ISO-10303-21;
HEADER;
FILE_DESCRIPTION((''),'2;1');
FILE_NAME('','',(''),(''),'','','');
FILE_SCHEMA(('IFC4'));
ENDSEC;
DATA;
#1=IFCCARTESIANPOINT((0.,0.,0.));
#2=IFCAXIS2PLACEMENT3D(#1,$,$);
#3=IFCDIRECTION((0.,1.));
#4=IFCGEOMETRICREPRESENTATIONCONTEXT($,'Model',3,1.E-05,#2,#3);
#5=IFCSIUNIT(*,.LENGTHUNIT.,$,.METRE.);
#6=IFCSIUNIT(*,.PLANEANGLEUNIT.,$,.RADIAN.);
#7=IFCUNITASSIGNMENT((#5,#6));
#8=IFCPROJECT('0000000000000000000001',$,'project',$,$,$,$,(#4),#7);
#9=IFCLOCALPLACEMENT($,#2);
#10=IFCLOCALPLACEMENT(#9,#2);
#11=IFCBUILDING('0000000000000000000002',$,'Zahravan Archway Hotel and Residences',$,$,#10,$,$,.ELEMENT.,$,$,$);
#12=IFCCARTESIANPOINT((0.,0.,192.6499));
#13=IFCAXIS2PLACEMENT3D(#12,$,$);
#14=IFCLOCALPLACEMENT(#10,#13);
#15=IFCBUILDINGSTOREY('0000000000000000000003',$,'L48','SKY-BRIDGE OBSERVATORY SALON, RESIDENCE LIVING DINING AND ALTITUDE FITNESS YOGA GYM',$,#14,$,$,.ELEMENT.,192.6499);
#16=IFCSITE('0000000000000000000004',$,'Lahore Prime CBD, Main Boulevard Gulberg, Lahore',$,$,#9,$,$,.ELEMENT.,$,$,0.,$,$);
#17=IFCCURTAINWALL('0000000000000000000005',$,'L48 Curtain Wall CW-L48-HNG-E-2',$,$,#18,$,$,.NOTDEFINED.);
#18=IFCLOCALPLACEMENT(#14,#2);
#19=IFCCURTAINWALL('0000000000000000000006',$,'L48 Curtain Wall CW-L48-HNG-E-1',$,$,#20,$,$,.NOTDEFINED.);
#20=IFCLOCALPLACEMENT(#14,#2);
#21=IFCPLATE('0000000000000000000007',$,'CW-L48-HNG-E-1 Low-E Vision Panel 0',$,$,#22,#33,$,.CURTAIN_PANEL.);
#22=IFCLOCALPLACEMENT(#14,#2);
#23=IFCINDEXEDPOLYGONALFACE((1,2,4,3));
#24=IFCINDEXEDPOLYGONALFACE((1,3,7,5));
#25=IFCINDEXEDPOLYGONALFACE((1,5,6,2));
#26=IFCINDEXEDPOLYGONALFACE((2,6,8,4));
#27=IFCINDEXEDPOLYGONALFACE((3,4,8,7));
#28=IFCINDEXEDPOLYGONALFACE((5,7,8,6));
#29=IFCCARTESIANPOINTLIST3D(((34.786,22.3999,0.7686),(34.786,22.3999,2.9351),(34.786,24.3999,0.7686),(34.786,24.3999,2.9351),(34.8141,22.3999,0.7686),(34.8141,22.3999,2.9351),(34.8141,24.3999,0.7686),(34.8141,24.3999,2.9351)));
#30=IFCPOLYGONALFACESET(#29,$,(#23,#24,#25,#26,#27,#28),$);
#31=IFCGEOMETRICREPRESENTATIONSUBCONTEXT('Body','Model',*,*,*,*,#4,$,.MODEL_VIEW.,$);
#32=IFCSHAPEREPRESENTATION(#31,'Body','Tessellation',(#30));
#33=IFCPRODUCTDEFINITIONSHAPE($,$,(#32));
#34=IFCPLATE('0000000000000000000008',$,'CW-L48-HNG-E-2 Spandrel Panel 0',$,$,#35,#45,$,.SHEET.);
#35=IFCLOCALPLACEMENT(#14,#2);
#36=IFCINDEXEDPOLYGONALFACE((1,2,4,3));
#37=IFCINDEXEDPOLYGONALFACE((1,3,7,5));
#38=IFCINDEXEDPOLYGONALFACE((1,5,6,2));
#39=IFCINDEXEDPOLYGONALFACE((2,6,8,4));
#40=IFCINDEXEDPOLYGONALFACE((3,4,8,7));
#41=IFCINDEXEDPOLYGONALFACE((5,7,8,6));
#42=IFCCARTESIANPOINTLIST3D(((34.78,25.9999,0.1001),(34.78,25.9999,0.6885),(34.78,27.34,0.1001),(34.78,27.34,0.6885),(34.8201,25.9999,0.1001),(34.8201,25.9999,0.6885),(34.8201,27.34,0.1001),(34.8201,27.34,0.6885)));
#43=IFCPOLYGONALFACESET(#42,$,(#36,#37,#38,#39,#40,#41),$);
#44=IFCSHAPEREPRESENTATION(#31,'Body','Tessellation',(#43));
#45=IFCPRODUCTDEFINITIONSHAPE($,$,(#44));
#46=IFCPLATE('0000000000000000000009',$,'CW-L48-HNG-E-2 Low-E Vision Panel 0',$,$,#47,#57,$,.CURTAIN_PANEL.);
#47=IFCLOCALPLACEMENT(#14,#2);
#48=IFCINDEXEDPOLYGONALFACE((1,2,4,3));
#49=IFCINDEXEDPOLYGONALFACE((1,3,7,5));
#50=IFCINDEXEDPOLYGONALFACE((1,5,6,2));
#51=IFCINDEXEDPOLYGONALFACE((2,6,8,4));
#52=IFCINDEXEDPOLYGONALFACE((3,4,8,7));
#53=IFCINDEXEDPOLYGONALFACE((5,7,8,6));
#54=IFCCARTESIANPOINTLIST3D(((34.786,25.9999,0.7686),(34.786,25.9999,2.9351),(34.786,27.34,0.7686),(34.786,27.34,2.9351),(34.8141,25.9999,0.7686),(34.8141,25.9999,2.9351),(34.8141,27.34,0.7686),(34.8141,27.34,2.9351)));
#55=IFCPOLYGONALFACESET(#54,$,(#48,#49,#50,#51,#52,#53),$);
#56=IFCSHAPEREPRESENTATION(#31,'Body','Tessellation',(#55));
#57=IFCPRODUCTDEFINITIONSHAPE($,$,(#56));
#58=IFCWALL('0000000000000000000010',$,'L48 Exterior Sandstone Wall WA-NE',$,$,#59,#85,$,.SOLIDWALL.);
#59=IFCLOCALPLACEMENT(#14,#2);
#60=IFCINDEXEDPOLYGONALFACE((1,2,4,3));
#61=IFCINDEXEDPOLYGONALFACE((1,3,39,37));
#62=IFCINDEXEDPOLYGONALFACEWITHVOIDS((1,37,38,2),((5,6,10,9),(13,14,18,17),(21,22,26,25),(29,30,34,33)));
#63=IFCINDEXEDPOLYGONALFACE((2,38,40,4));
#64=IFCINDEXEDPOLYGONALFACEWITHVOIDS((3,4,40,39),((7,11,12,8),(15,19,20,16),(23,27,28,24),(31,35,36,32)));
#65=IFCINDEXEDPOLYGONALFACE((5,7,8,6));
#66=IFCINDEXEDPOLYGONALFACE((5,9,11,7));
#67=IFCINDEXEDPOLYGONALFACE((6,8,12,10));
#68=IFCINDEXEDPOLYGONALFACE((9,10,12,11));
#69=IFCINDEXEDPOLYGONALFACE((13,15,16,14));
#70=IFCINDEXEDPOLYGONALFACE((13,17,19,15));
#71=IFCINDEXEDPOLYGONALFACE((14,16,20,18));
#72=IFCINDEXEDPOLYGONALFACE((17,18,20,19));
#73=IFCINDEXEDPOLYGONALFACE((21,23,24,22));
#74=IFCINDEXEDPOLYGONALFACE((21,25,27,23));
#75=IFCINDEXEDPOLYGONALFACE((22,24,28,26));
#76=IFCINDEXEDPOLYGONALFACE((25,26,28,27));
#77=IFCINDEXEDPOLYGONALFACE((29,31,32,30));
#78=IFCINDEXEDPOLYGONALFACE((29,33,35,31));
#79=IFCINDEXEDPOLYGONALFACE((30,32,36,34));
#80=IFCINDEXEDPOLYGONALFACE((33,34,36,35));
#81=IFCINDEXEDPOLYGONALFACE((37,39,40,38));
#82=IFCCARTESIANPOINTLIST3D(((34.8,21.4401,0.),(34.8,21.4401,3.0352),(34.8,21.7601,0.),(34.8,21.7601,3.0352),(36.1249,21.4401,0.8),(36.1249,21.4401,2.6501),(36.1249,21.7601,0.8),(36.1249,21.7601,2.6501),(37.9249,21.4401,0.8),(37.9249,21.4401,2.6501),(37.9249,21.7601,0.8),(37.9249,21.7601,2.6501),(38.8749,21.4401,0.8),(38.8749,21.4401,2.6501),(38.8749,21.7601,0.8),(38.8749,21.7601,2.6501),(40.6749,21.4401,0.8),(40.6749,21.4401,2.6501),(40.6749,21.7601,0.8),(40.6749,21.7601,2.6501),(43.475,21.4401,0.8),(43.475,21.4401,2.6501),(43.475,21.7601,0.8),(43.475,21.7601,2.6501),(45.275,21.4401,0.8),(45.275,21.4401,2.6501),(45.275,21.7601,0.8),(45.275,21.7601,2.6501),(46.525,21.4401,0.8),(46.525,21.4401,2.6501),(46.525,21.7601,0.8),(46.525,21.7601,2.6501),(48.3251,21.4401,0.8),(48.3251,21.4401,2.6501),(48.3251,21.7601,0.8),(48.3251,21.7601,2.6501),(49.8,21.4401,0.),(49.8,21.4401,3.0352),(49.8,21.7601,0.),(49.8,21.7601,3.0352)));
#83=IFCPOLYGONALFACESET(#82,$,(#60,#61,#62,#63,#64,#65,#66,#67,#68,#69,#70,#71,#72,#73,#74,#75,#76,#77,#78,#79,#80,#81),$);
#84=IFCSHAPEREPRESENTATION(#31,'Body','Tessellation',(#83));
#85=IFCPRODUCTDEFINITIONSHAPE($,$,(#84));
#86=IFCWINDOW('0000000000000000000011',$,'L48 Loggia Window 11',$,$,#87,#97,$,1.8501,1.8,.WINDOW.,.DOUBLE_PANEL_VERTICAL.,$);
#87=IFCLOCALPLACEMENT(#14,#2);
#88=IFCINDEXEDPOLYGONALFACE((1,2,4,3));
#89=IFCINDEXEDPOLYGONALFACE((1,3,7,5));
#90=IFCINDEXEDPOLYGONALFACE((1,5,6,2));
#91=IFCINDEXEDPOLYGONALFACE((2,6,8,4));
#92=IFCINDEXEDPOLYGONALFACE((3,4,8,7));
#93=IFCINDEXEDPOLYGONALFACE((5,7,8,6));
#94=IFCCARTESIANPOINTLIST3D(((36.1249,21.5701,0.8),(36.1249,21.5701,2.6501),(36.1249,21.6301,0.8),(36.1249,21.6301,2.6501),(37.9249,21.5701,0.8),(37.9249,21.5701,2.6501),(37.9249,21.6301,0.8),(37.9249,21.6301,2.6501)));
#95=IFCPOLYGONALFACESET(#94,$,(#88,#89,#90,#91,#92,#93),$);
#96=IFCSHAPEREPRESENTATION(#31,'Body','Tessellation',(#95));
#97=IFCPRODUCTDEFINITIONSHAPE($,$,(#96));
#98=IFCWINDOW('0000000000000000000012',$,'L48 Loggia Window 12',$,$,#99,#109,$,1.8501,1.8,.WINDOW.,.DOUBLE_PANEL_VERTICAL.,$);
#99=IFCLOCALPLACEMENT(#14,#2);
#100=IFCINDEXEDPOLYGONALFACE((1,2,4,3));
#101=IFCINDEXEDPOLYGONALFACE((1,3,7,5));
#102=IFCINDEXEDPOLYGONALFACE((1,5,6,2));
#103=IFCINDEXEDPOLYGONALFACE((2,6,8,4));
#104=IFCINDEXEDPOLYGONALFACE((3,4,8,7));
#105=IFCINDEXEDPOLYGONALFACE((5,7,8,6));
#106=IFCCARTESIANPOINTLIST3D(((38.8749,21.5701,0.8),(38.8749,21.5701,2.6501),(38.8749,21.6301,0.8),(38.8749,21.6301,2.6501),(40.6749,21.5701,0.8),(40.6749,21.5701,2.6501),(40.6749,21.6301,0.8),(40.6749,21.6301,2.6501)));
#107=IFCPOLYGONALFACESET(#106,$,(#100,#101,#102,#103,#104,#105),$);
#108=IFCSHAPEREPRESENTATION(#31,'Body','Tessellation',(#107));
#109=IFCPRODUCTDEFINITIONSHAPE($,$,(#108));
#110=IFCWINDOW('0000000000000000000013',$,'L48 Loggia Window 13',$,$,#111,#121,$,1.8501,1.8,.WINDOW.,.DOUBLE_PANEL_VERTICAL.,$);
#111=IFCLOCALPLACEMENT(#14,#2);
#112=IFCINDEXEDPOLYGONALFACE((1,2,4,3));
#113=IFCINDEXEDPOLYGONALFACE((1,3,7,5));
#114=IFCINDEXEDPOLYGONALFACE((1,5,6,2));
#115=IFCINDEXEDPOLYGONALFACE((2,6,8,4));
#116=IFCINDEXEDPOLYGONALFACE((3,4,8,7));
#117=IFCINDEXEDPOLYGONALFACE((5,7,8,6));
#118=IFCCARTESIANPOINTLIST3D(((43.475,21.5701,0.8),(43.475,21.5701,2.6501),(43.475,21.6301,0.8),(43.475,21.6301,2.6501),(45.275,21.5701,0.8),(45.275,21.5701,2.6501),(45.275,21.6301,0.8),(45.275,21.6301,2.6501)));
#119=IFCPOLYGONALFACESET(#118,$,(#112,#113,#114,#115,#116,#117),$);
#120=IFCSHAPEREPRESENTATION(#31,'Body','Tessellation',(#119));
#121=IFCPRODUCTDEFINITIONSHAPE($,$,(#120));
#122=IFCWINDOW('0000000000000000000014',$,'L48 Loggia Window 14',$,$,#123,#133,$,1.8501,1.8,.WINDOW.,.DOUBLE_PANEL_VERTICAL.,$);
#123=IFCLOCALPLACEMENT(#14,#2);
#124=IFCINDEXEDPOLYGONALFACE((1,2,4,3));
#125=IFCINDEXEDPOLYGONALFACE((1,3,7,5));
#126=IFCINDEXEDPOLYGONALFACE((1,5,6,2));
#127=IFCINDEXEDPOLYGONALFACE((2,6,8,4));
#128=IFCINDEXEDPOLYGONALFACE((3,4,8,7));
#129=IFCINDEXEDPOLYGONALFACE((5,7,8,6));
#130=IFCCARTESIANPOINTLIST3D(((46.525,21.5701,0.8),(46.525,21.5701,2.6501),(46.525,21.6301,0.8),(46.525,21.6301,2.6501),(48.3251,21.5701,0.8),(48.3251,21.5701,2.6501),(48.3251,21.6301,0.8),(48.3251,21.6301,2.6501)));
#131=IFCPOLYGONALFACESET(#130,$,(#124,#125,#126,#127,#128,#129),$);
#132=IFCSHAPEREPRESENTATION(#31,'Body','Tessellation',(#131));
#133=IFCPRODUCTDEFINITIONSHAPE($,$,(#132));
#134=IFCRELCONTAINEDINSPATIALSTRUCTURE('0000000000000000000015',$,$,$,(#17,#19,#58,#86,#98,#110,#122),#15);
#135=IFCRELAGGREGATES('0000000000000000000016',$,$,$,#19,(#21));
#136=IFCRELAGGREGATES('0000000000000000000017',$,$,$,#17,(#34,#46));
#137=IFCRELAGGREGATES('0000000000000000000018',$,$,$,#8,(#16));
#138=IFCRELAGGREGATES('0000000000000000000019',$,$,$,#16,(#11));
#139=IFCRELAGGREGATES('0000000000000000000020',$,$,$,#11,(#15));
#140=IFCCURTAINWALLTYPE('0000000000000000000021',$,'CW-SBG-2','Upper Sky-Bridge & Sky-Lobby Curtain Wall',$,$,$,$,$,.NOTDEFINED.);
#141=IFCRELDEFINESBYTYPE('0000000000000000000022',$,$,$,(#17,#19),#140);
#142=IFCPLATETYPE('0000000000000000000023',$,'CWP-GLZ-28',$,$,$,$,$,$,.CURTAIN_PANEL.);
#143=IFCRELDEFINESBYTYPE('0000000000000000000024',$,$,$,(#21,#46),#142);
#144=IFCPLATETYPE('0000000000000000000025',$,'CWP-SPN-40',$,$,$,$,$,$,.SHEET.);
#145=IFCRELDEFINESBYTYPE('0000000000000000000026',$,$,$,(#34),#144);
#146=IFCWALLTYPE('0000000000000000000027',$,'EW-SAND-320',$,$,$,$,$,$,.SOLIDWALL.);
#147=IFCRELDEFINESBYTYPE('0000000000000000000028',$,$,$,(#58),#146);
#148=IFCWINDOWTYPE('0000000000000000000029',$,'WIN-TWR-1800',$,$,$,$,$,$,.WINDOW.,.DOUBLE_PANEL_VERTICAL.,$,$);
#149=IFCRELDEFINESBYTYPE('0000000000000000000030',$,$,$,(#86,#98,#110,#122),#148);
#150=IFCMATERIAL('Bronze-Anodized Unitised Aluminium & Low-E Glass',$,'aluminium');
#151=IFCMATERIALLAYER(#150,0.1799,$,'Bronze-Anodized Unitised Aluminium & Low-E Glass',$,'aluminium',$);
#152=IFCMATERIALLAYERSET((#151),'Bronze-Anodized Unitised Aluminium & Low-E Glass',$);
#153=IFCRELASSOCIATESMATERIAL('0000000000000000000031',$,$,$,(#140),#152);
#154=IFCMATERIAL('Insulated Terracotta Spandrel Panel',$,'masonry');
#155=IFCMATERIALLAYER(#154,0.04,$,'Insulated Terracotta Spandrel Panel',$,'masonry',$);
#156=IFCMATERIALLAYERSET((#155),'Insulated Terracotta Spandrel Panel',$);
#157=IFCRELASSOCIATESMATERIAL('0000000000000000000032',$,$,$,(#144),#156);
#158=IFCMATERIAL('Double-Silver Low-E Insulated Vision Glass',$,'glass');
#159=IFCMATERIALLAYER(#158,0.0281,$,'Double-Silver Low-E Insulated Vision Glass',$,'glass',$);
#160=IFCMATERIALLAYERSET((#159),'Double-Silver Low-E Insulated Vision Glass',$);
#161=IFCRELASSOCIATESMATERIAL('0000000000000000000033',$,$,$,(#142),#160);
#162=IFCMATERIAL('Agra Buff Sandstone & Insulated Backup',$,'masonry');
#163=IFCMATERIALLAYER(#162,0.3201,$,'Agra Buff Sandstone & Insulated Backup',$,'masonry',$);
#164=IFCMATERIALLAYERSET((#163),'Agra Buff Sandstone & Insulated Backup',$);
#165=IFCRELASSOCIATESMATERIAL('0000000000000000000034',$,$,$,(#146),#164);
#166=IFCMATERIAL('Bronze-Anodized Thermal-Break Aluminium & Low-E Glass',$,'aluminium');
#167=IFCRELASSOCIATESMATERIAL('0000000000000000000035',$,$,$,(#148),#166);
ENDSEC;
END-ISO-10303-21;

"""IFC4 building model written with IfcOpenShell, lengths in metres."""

from ifc_helpers import new_model, si_unit, direction, frame, frame_2d, origin, origin_2d, place, context, subcontext, project, spatial, rectangle, extrude, source, transform, mapped, material, layer, layer_set, type_object, type_shapes, element, fill, aggregate, save


model = new_model("IFC4")

# Units and contexts
model_context = context("Model", 3, precision=1e-05, world=origin(), true_north=direction((0.0, 1.0)))
body_context = subcontext(model_context, "Body", "Model", "MODEL_VIEW")
ifc_project = project(units=[si_unit("LENGTHUNIT", "METRE"), si_unit("PLANEANGLEUNIT", "RADIAN")], contexts=[model_context])

# Site, building, storey
site_placement = place(None, origin())
site = spatial("IfcSite", under=ifc_project, at=site_placement, Name="Lahore Prime CBD, Main Boulevard Gulberg, Lahore", CompositionType="ELEMENT", RefElevation=0.0)
building_placement = place(site_placement, origin())
building = spatial("IfcBuilding", under=site, at=building_placement, Name="Zahravan Archway Hotel and Residences", CompositionType="ELEMENT")
storey_placement = place(building_placement, frame((0.0, 0.0, 192.6499)))
storey = spatial("IfcBuildingStorey", under=building, at=storey_placement, Name="L48", Description="SKY-BRIDGE OBSERVATORY SALON, RESIDENCE LIVING DINING AND ALTITUDE FITNESS YOGA GYM", CompositionType="ELEMENT", Elevation=192.6499)

# Curtain walls
ifc_material_1 = material(Name="Bronze-Anodized Unitised Aluminium & Low-E Glass", Category="aluminium")
ifc_layer_1 = layer(ifc_material_1, 0.1799, Name="Bronze-Anodized Unitised Aluminium & Low-E Glass", Category="aluminium")
ifc_layer_set_1 = layer_set([ifc_layer_1], Name="Bronze-Anodized Unitised Aluminium & Low-E Glass")
curtain_wall_type = type_object("IfcCurtainWallType", Name="CW-SBG-2", Description="Upper Sky-Bridge & Sky-Lobby Curtain Wall", PredefinedType="NOTDEFINED", material=ifc_layer_set_1)
curtain_wall_1_placement = place(storey_placement, origin())
curtain_wall_1 = element("IfcCurtainWall", 1, at=curtain_wall_1_placement, inside=storey, type_object=curtain_wall_type, Name="L48 Curtain Wall CW-L48-HNG-E-2", PredefinedType="NOTDEFINED")
curtain_wall_2_placement = place(storey_placement, origin())
curtain_wall_2 = element("IfcCurtainWall", 2, at=curtain_wall_2_placement, inside=storey, type_object=curtain_wall_type, Name="L48 Curtain Wall CW-L48-HNG-E-1", PredefinedType="NOTDEFINED")

# Plates
ifc_material_2 = material(Name="Insulated Terracotta Spandrel Panel", Category="masonry")
ifc_layer_2 = layer(ifc_material_2, 0.04, Name="Insulated Terracotta Spandrel Panel", Category="masonry")
ifc_layer_set_2 = layer_set([ifc_layer_2], Name="Insulated Terracotta Spandrel Panel")
plate_type_1 = type_object("IfcPlateType", Name="CWP-SPN-40", PredefinedType="SHEET", material=ifc_layer_set_2)
ifc_material_3 = material(Name="Double-Silver Low-E Insulated Vision Glass", Category="glass")
ifc_layer_3 = layer(ifc_material_3, 0.0281, Name="Double-Silver Low-E Insulated Vision Glass", Category="glass")
ifc_layer_set_3 = layer_set([ifc_layer_3], Name="Double-Silver Low-E Insulated Vision Glass")
plate_type_2 = type_object("IfcPlateType", Name="CWP-GLZ-28", PredefinedType="CURTAIN_PANEL", material=ifc_layer_set_3)
shared_shape_1 = source(origin(), body_context, "Body", "SweptSolid", [
    extrude(rectangle(XDim=2.0, YDim=0.0281, at=origin_2d()), origin(), (0.0, 0.0, 1.0), 2.1665),
])
plate_1_placement = place(storey_placement, frame((34.8, 23.3999, 0.7686), z_axis=(0.0, 0.0, 1.0), x_axis=(0.0, 1.0, 0.0)))
plate_1 = element("IfcPlate", 3, at=plate_1_placement, type_object=plate_type_2, Name="CW-L48-HNG-E-1 Low-E Vision Panel 0", PredefinedType="CURTAIN_PANEL", context=body_context, shape_type="MappedRepresentation", body=[
    mapped(shared_shape_1, transform((0.0, 0.0, 0.0), scale=1.0)),
])
aggregate(curtain_wall_2, [plate_1])
shared_shape_2 = source(origin(), body_context, "Body", "SweptSolid", [
    extrude(rectangle(XDim=1.3401, YDim=0.04, at=origin_2d()), origin(), (0.0, 0.0, 1.0), 0.5884),
])
plate_2_placement = place(storey_placement, frame((34.8, 26.6699, 0.1001), z_axis=(0.0, 0.0, 1.0), x_axis=(0.0, 1.0, 0.0)))
plate_2 = element("IfcPlate", 4, at=plate_2_placement, type_object=plate_type_1, Name="CW-L48-HNG-E-2 Spandrel Panel 0", PredefinedType="SHEET", context=body_context, shape_type="MappedRepresentation", body=[
    mapped(shared_shape_2, transform((0.0, 0.0, 0.0), scale=1.0)),
])
shared_shape_3 = source(origin(), body_context, "Body", "SweptSolid", [
    extrude(rectangle(XDim=1.3401, YDim=0.0281, at=origin_2d()), origin(), (0.0, 0.0, 1.0), 2.1665),
])
plate_3_placement = place(storey_placement, frame((34.8, 26.6699, 0.7686), z_axis=(0.0, 0.0, 1.0), x_axis=(0.0, 1.0, 0.0)))
plate_3 = element("IfcPlate", 5, at=plate_3_placement, type_object=plate_type_2, Name="CW-L48-HNG-E-2 Low-E Vision Panel 0", PredefinedType="CURTAIN_PANEL", context=body_context, shape_type="MappedRepresentation", body=[
    mapped(shared_shape_3, transform((0.0, 0.0, 0.0), scale=1.0)),
])
aggregate(curtain_wall_1, [plate_2, plate_3])

# Wall, openings, windows
ifc_material_4 = material(Name="Agra Buff Sandstone & Insulated Backup", Category="masonry")
ifc_layer_4 = layer(ifc_material_4, 0.3201, Name="Agra Buff Sandstone & Insulated Backup", Category="masonry")
ifc_layer_set_4 = layer_set([ifc_layer_4], Name="Agra Buff Sandstone & Insulated Backup")
wall_type = type_object("IfcWallType", Name="EW-SAND-320", PredefinedType="SOLIDWALL", material=ifc_layer_set_4)
wall_placement = place(storey_placement, frame((34.8, 21.6001, 0.0), z_axis=(0.0, 0.0, 1.0), x_axis=(1.0, 0.0, 0.0)))
wall = element("IfcWall", 6, at=wall_placement, inside=storey, type_object=wall_type, Name="L48 Exterior Sandstone Wall WA-NE", PredefinedType="SOLIDWALL", context=body_context, shape_type="SweptSolid", body=[
    extrude(rectangle(XDim=15.0, YDim=0.3201, at=frame_2d((7.5, 0.0))), origin(), (0.0, 0.0, 1.0), 3.0352),
])
opening_1_placement = place(wall_placement, frame((1.325, 0.0, 0.8)))
opening_1 = element("IfcOpeningElement", 7, at=opening_1_placement, cuts=wall, PredefinedType="OPENING", context=body_context, shape_type="SweptSolid", body=[
    extrude(rectangle(XDim=1.8, YDim=1.8501, at=frame_2d((0.8999, 0.925))), frame((0.0, 0.1699, 0.0), z_axis=(0.0, -1.0, 0.0), x_axis=(1.0, 0.0, 0.0)), (0.0, 0.0, 1.0), 0.3401),
])
opening_2_placement = place(wall_placement, frame((4.075, 0.0, 0.8)))
opening_2 = element("IfcOpeningElement", 8, at=opening_2_placement, cuts=wall, PredefinedType="OPENING", context=body_context, shape_type="SweptSolid", body=[
    extrude(rectangle(XDim=1.8, YDim=1.8501, at=frame_2d((0.8999, 0.925))), frame((0.0, 0.1699, 0.0), z_axis=(0.0, -1.0, 0.0), x_axis=(1.0, 0.0, 0.0)), (0.0, 0.0, 1.0), 0.3401),
])
opening_3_placement = place(wall_placement, frame((8.675, 0.0, 0.8)))
opening_3 = element("IfcOpeningElement", 9, at=opening_3_placement, cuts=wall, PredefinedType="OPENING", context=body_context, shape_type="SweptSolid", body=[
    extrude(rectangle(XDim=1.8, YDim=1.8501, at=frame_2d((0.8999, 0.925))), frame((0.0, 0.1699, 0.0), z_axis=(0.0, -1.0, 0.0), x_axis=(1.0, 0.0, 0.0)), (0.0, 0.0, 1.0), 0.3401),
])
opening_4_placement = place(wall_placement, frame((11.7251, 0.0, 0.8)))
opening_4 = element("IfcOpeningElement", 10, at=opening_4_placement, cuts=wall, PredefinedType="OPENING", context=body_context, shape_type="SweptSolid", body=[
    extrude(rectangle(XDim=1.8, YDim=1.8501, at=frame_2d((0.8999, 0.925))), frame((0.0, 0.1699, 0.0), z_axis=(0.0, -1.0, 0.0), x_axis=(1.0, 0.0, 0.0)), (0.0, 0.0, 1.0), 0.3401),
])
ifc_material_5 = material(Name="Bronze-Anodized Thermal-Break Aluminium & Low-E Glass", Category="aluminium")
window_type = type_object("IfcWindowType", Name="WIN-TWR-1800", PartitioningType="DOUBLE_PANEL_VERTICAL", PredefinedType="WINDOW", material=ifc_material_5)
shared_shape_4 = source(origin(), body_context, "Body", "SweptSolid", [
    extrude(rectangle(XDim=1.8, YDim=1.8501, at=frame_2d((0.8999, 0.925))), frame((0.0, 0.03, 0.0), z_axis=(0.0, -1.0, 0.0), x_axis=(1.0, 0.0, 0.0)), (0.0, 0.0, 1.0), 0.0601),
])
type_shapes(window_type, [shared_shape_4])
window_1_placement = place(opening_1_placement, origin())
window_1 = element("IfcWindow", 11, at=window_1_placement, inside=storey, type_object=window_type, Name="L48 Loggia Window 11", OverallHeight=1.8501, OverallWidth=1.8, PartitioningType="DOUBLE_PANEL_VERTICAL", PredefinedType="WINDOW", context=body_context, shape_type="MappedRepresentation", body=[
    mapped(shared_shape_4, transform((0.0, 0.0, 0.0), scale=1.0)),
])
fill(opening_1, window_1)
window_2_placement = place(opening_2_placement, origin())
window_2 = element("IfcWindow", 12, at=window_2_placement, inside=storey, type_object=window_type, Name="L48 Loggia Window 12", OverallHeight=1.8501, OverallWidth=1.8, PartitioningType="DOUBLE_PANEL_VERTICAL", PredefinedType="WINDOW", context=body_context, shape_type="MappedRepresentation", body=[
    mapped(shared_shape_4, transform((0.0, 0.0, 0.0), scale=1.0)),
])
fill(opening_2, window_2)
window_3_placement = place(opening_3_placement, origin())
window_3 = element("IfcWindow", 13, at=window_3_placement, inside=storey, type_object=window_type, Name="L48 Loggia Window 13", OverallHeight=1.8501, OverallWidth=1.8, PartitioningType="DOUBLE_PANEL_VERTICAL", PredefinedType="WINDOW", context=body_context, shape_type="MappedRepresentation", body=[
    mapped(shared_shape_4, transform((0.0, 0.0, 0.0), scale=1.0)),
])
fill(opening_3, window_3)
window_4_placement = place(opening_4_placement, origin())
window_4 = element("IfcWindow", 14, at=window_4_placement, inside=storey, type_object=window_type, Name="L48 Loggia Window 14", OverallHeight=1.8501, OverallWidth=1.8, PartitioningType="DOUBLE_PANEL_VERTICAL", PredefinedType="WINDOW", context=body_context, shape_type="MappedRepresentation", body=[
    mapped(shared_shape_4, transform((0.0, 0.0, 0.0), scale=1.0)),
])
fill(opening_4, window_4)

save(model, "model.ifc")
